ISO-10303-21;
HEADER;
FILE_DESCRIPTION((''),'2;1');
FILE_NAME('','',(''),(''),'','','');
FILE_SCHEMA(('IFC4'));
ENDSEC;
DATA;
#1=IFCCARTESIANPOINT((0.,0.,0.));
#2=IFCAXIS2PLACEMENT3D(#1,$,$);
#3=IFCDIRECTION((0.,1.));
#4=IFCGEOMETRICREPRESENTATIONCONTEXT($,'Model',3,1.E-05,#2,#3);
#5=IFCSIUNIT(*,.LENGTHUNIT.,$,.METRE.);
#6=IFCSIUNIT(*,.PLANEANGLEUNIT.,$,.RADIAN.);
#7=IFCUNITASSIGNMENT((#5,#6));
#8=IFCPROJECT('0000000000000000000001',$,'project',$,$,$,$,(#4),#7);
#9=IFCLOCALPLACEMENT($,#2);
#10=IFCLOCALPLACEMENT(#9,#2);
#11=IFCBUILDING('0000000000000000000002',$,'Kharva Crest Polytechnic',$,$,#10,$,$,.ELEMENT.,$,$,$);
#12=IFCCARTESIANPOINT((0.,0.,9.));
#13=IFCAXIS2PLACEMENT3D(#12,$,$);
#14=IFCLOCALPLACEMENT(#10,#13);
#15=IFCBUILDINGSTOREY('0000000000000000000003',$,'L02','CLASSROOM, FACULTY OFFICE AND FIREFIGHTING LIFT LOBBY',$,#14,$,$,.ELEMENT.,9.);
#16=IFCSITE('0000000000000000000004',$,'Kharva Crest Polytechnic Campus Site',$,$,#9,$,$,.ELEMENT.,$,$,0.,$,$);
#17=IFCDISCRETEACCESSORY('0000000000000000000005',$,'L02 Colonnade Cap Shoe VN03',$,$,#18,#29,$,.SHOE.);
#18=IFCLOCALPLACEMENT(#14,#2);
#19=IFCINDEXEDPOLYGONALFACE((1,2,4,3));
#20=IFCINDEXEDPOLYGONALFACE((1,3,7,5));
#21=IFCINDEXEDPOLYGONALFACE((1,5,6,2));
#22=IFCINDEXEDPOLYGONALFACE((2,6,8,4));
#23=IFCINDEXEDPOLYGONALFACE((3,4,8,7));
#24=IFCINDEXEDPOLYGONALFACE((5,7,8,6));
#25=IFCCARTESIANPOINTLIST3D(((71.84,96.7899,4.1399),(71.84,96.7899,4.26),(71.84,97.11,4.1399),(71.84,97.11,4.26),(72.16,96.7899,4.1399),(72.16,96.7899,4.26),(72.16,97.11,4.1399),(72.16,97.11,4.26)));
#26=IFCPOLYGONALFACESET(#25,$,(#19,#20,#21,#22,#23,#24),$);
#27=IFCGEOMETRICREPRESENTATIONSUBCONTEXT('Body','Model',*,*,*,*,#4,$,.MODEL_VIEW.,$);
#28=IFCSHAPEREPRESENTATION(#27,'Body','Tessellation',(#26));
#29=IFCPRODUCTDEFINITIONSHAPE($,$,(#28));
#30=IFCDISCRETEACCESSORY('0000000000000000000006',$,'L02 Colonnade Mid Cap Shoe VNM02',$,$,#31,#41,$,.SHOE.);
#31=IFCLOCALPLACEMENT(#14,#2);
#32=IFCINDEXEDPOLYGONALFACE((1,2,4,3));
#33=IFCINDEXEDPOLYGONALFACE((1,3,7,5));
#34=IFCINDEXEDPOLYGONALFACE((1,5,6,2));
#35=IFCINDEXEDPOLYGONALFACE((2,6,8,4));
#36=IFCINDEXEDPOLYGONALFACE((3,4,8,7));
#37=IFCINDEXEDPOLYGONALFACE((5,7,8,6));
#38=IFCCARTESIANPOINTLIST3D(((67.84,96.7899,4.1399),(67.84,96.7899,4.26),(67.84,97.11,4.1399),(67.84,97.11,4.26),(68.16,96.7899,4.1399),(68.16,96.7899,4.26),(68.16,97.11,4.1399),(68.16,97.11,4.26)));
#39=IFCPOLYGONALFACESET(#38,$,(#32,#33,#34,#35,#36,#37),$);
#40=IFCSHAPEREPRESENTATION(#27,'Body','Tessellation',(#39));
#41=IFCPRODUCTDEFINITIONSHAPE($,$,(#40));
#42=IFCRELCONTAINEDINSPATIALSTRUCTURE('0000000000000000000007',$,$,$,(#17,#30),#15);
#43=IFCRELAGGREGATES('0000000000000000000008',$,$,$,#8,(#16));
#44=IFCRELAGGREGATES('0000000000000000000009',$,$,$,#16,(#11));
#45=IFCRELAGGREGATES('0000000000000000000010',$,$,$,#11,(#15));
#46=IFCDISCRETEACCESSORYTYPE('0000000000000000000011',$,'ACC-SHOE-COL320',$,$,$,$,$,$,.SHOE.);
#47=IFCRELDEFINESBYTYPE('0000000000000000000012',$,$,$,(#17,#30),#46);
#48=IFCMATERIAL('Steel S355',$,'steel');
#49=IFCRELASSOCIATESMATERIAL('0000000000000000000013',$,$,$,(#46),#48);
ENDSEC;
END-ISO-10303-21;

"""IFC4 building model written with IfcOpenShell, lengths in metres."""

from ifc_helpers import new_model, si_unit, direction, frame, origin, origin_2d, place, context, subcontext, project, spatial, rectangle, extrude, material, type_object, element, save


model = new_model("IFC4")

# Units and contexts
model_context = context("Model", 3, precision=1e-05, world=origin(), true_north=direction((0.0, 1.0)))
body_context = subcontext(model_context, "Body", "Model", "MODEL_VIEW")
ifc_project = project(units=[si_unit("LENGTHUNIT", "METRE"), si_unit("PLANEANGLEUNIT", "RADIAN")], contexts=[model_context])

# Site, building, storey
site_placement = place(None, origin())
site = spatial("IfcSite", under=ifc_project, at=site_placement, Name="Kharva Crest Polytechnic Campus Site", CompositionType="ELEMENT", RefElevation=0.0)
building_placement = place(site_placement, origin())
building = spatial("IfcBuilding", under=site, at=building_placement, Name="Kharva Crest Polytechnic", CompositionType="ELEMENT")
storey_placement = place(building_placement, frame((0.0, 0.0, 9.0)))
storey = spatial("IfcBuildingStorey", under=building, at=storey_placement, Name="L02", Description="CLASSROOM, FACULTY OFFICE AND FIREFIGHTING LIFT LOBBY", CompositionType="ELEMENT", Elevation=9.0)

# Shared definitions
ifc_material_1 = material(Name="Steel S355", Category="steel")

# Discrete accessories
discrete_accessory_type = type_object("IfcDiscreteAccessoryType", Name="ACC-SHOE-COL320", PredefinedType="SHOE", material=ifc_material_1)
for number, where, z_axis, x_axis, name in (
    (1, (72.0, 96.95, 4.1399), (0.0, 0.0, 1.0), (1.0, 0.0, 0.0), "L02 Colonnade Cap Shoe VN03"),
    (2, (68.0, 96.95, 4.1399), (0.0, 0.0, 1.0), (1.0, 0.0, 0.0), "L02 Colonnade Mid Cap Shoe VNM02"),
):
    element("IfcDiscreteAccessory", number, at=place(storey_placement, frame(where, z_axis=z_axis, x_axis=x_axis)), inside=storey, type_object=discrete_accessory_type, Name=name, PredefinedType="SHOE", context=body_context, shape_type="SweptSolid", body=[
        extrude(rectangle(XDim=0.3201, YDim=0.3201, at=origin_2d()), origin(), (0.0, 0.0, 1.0), 0.1201),
    ])

save(model, "model.ifc")
